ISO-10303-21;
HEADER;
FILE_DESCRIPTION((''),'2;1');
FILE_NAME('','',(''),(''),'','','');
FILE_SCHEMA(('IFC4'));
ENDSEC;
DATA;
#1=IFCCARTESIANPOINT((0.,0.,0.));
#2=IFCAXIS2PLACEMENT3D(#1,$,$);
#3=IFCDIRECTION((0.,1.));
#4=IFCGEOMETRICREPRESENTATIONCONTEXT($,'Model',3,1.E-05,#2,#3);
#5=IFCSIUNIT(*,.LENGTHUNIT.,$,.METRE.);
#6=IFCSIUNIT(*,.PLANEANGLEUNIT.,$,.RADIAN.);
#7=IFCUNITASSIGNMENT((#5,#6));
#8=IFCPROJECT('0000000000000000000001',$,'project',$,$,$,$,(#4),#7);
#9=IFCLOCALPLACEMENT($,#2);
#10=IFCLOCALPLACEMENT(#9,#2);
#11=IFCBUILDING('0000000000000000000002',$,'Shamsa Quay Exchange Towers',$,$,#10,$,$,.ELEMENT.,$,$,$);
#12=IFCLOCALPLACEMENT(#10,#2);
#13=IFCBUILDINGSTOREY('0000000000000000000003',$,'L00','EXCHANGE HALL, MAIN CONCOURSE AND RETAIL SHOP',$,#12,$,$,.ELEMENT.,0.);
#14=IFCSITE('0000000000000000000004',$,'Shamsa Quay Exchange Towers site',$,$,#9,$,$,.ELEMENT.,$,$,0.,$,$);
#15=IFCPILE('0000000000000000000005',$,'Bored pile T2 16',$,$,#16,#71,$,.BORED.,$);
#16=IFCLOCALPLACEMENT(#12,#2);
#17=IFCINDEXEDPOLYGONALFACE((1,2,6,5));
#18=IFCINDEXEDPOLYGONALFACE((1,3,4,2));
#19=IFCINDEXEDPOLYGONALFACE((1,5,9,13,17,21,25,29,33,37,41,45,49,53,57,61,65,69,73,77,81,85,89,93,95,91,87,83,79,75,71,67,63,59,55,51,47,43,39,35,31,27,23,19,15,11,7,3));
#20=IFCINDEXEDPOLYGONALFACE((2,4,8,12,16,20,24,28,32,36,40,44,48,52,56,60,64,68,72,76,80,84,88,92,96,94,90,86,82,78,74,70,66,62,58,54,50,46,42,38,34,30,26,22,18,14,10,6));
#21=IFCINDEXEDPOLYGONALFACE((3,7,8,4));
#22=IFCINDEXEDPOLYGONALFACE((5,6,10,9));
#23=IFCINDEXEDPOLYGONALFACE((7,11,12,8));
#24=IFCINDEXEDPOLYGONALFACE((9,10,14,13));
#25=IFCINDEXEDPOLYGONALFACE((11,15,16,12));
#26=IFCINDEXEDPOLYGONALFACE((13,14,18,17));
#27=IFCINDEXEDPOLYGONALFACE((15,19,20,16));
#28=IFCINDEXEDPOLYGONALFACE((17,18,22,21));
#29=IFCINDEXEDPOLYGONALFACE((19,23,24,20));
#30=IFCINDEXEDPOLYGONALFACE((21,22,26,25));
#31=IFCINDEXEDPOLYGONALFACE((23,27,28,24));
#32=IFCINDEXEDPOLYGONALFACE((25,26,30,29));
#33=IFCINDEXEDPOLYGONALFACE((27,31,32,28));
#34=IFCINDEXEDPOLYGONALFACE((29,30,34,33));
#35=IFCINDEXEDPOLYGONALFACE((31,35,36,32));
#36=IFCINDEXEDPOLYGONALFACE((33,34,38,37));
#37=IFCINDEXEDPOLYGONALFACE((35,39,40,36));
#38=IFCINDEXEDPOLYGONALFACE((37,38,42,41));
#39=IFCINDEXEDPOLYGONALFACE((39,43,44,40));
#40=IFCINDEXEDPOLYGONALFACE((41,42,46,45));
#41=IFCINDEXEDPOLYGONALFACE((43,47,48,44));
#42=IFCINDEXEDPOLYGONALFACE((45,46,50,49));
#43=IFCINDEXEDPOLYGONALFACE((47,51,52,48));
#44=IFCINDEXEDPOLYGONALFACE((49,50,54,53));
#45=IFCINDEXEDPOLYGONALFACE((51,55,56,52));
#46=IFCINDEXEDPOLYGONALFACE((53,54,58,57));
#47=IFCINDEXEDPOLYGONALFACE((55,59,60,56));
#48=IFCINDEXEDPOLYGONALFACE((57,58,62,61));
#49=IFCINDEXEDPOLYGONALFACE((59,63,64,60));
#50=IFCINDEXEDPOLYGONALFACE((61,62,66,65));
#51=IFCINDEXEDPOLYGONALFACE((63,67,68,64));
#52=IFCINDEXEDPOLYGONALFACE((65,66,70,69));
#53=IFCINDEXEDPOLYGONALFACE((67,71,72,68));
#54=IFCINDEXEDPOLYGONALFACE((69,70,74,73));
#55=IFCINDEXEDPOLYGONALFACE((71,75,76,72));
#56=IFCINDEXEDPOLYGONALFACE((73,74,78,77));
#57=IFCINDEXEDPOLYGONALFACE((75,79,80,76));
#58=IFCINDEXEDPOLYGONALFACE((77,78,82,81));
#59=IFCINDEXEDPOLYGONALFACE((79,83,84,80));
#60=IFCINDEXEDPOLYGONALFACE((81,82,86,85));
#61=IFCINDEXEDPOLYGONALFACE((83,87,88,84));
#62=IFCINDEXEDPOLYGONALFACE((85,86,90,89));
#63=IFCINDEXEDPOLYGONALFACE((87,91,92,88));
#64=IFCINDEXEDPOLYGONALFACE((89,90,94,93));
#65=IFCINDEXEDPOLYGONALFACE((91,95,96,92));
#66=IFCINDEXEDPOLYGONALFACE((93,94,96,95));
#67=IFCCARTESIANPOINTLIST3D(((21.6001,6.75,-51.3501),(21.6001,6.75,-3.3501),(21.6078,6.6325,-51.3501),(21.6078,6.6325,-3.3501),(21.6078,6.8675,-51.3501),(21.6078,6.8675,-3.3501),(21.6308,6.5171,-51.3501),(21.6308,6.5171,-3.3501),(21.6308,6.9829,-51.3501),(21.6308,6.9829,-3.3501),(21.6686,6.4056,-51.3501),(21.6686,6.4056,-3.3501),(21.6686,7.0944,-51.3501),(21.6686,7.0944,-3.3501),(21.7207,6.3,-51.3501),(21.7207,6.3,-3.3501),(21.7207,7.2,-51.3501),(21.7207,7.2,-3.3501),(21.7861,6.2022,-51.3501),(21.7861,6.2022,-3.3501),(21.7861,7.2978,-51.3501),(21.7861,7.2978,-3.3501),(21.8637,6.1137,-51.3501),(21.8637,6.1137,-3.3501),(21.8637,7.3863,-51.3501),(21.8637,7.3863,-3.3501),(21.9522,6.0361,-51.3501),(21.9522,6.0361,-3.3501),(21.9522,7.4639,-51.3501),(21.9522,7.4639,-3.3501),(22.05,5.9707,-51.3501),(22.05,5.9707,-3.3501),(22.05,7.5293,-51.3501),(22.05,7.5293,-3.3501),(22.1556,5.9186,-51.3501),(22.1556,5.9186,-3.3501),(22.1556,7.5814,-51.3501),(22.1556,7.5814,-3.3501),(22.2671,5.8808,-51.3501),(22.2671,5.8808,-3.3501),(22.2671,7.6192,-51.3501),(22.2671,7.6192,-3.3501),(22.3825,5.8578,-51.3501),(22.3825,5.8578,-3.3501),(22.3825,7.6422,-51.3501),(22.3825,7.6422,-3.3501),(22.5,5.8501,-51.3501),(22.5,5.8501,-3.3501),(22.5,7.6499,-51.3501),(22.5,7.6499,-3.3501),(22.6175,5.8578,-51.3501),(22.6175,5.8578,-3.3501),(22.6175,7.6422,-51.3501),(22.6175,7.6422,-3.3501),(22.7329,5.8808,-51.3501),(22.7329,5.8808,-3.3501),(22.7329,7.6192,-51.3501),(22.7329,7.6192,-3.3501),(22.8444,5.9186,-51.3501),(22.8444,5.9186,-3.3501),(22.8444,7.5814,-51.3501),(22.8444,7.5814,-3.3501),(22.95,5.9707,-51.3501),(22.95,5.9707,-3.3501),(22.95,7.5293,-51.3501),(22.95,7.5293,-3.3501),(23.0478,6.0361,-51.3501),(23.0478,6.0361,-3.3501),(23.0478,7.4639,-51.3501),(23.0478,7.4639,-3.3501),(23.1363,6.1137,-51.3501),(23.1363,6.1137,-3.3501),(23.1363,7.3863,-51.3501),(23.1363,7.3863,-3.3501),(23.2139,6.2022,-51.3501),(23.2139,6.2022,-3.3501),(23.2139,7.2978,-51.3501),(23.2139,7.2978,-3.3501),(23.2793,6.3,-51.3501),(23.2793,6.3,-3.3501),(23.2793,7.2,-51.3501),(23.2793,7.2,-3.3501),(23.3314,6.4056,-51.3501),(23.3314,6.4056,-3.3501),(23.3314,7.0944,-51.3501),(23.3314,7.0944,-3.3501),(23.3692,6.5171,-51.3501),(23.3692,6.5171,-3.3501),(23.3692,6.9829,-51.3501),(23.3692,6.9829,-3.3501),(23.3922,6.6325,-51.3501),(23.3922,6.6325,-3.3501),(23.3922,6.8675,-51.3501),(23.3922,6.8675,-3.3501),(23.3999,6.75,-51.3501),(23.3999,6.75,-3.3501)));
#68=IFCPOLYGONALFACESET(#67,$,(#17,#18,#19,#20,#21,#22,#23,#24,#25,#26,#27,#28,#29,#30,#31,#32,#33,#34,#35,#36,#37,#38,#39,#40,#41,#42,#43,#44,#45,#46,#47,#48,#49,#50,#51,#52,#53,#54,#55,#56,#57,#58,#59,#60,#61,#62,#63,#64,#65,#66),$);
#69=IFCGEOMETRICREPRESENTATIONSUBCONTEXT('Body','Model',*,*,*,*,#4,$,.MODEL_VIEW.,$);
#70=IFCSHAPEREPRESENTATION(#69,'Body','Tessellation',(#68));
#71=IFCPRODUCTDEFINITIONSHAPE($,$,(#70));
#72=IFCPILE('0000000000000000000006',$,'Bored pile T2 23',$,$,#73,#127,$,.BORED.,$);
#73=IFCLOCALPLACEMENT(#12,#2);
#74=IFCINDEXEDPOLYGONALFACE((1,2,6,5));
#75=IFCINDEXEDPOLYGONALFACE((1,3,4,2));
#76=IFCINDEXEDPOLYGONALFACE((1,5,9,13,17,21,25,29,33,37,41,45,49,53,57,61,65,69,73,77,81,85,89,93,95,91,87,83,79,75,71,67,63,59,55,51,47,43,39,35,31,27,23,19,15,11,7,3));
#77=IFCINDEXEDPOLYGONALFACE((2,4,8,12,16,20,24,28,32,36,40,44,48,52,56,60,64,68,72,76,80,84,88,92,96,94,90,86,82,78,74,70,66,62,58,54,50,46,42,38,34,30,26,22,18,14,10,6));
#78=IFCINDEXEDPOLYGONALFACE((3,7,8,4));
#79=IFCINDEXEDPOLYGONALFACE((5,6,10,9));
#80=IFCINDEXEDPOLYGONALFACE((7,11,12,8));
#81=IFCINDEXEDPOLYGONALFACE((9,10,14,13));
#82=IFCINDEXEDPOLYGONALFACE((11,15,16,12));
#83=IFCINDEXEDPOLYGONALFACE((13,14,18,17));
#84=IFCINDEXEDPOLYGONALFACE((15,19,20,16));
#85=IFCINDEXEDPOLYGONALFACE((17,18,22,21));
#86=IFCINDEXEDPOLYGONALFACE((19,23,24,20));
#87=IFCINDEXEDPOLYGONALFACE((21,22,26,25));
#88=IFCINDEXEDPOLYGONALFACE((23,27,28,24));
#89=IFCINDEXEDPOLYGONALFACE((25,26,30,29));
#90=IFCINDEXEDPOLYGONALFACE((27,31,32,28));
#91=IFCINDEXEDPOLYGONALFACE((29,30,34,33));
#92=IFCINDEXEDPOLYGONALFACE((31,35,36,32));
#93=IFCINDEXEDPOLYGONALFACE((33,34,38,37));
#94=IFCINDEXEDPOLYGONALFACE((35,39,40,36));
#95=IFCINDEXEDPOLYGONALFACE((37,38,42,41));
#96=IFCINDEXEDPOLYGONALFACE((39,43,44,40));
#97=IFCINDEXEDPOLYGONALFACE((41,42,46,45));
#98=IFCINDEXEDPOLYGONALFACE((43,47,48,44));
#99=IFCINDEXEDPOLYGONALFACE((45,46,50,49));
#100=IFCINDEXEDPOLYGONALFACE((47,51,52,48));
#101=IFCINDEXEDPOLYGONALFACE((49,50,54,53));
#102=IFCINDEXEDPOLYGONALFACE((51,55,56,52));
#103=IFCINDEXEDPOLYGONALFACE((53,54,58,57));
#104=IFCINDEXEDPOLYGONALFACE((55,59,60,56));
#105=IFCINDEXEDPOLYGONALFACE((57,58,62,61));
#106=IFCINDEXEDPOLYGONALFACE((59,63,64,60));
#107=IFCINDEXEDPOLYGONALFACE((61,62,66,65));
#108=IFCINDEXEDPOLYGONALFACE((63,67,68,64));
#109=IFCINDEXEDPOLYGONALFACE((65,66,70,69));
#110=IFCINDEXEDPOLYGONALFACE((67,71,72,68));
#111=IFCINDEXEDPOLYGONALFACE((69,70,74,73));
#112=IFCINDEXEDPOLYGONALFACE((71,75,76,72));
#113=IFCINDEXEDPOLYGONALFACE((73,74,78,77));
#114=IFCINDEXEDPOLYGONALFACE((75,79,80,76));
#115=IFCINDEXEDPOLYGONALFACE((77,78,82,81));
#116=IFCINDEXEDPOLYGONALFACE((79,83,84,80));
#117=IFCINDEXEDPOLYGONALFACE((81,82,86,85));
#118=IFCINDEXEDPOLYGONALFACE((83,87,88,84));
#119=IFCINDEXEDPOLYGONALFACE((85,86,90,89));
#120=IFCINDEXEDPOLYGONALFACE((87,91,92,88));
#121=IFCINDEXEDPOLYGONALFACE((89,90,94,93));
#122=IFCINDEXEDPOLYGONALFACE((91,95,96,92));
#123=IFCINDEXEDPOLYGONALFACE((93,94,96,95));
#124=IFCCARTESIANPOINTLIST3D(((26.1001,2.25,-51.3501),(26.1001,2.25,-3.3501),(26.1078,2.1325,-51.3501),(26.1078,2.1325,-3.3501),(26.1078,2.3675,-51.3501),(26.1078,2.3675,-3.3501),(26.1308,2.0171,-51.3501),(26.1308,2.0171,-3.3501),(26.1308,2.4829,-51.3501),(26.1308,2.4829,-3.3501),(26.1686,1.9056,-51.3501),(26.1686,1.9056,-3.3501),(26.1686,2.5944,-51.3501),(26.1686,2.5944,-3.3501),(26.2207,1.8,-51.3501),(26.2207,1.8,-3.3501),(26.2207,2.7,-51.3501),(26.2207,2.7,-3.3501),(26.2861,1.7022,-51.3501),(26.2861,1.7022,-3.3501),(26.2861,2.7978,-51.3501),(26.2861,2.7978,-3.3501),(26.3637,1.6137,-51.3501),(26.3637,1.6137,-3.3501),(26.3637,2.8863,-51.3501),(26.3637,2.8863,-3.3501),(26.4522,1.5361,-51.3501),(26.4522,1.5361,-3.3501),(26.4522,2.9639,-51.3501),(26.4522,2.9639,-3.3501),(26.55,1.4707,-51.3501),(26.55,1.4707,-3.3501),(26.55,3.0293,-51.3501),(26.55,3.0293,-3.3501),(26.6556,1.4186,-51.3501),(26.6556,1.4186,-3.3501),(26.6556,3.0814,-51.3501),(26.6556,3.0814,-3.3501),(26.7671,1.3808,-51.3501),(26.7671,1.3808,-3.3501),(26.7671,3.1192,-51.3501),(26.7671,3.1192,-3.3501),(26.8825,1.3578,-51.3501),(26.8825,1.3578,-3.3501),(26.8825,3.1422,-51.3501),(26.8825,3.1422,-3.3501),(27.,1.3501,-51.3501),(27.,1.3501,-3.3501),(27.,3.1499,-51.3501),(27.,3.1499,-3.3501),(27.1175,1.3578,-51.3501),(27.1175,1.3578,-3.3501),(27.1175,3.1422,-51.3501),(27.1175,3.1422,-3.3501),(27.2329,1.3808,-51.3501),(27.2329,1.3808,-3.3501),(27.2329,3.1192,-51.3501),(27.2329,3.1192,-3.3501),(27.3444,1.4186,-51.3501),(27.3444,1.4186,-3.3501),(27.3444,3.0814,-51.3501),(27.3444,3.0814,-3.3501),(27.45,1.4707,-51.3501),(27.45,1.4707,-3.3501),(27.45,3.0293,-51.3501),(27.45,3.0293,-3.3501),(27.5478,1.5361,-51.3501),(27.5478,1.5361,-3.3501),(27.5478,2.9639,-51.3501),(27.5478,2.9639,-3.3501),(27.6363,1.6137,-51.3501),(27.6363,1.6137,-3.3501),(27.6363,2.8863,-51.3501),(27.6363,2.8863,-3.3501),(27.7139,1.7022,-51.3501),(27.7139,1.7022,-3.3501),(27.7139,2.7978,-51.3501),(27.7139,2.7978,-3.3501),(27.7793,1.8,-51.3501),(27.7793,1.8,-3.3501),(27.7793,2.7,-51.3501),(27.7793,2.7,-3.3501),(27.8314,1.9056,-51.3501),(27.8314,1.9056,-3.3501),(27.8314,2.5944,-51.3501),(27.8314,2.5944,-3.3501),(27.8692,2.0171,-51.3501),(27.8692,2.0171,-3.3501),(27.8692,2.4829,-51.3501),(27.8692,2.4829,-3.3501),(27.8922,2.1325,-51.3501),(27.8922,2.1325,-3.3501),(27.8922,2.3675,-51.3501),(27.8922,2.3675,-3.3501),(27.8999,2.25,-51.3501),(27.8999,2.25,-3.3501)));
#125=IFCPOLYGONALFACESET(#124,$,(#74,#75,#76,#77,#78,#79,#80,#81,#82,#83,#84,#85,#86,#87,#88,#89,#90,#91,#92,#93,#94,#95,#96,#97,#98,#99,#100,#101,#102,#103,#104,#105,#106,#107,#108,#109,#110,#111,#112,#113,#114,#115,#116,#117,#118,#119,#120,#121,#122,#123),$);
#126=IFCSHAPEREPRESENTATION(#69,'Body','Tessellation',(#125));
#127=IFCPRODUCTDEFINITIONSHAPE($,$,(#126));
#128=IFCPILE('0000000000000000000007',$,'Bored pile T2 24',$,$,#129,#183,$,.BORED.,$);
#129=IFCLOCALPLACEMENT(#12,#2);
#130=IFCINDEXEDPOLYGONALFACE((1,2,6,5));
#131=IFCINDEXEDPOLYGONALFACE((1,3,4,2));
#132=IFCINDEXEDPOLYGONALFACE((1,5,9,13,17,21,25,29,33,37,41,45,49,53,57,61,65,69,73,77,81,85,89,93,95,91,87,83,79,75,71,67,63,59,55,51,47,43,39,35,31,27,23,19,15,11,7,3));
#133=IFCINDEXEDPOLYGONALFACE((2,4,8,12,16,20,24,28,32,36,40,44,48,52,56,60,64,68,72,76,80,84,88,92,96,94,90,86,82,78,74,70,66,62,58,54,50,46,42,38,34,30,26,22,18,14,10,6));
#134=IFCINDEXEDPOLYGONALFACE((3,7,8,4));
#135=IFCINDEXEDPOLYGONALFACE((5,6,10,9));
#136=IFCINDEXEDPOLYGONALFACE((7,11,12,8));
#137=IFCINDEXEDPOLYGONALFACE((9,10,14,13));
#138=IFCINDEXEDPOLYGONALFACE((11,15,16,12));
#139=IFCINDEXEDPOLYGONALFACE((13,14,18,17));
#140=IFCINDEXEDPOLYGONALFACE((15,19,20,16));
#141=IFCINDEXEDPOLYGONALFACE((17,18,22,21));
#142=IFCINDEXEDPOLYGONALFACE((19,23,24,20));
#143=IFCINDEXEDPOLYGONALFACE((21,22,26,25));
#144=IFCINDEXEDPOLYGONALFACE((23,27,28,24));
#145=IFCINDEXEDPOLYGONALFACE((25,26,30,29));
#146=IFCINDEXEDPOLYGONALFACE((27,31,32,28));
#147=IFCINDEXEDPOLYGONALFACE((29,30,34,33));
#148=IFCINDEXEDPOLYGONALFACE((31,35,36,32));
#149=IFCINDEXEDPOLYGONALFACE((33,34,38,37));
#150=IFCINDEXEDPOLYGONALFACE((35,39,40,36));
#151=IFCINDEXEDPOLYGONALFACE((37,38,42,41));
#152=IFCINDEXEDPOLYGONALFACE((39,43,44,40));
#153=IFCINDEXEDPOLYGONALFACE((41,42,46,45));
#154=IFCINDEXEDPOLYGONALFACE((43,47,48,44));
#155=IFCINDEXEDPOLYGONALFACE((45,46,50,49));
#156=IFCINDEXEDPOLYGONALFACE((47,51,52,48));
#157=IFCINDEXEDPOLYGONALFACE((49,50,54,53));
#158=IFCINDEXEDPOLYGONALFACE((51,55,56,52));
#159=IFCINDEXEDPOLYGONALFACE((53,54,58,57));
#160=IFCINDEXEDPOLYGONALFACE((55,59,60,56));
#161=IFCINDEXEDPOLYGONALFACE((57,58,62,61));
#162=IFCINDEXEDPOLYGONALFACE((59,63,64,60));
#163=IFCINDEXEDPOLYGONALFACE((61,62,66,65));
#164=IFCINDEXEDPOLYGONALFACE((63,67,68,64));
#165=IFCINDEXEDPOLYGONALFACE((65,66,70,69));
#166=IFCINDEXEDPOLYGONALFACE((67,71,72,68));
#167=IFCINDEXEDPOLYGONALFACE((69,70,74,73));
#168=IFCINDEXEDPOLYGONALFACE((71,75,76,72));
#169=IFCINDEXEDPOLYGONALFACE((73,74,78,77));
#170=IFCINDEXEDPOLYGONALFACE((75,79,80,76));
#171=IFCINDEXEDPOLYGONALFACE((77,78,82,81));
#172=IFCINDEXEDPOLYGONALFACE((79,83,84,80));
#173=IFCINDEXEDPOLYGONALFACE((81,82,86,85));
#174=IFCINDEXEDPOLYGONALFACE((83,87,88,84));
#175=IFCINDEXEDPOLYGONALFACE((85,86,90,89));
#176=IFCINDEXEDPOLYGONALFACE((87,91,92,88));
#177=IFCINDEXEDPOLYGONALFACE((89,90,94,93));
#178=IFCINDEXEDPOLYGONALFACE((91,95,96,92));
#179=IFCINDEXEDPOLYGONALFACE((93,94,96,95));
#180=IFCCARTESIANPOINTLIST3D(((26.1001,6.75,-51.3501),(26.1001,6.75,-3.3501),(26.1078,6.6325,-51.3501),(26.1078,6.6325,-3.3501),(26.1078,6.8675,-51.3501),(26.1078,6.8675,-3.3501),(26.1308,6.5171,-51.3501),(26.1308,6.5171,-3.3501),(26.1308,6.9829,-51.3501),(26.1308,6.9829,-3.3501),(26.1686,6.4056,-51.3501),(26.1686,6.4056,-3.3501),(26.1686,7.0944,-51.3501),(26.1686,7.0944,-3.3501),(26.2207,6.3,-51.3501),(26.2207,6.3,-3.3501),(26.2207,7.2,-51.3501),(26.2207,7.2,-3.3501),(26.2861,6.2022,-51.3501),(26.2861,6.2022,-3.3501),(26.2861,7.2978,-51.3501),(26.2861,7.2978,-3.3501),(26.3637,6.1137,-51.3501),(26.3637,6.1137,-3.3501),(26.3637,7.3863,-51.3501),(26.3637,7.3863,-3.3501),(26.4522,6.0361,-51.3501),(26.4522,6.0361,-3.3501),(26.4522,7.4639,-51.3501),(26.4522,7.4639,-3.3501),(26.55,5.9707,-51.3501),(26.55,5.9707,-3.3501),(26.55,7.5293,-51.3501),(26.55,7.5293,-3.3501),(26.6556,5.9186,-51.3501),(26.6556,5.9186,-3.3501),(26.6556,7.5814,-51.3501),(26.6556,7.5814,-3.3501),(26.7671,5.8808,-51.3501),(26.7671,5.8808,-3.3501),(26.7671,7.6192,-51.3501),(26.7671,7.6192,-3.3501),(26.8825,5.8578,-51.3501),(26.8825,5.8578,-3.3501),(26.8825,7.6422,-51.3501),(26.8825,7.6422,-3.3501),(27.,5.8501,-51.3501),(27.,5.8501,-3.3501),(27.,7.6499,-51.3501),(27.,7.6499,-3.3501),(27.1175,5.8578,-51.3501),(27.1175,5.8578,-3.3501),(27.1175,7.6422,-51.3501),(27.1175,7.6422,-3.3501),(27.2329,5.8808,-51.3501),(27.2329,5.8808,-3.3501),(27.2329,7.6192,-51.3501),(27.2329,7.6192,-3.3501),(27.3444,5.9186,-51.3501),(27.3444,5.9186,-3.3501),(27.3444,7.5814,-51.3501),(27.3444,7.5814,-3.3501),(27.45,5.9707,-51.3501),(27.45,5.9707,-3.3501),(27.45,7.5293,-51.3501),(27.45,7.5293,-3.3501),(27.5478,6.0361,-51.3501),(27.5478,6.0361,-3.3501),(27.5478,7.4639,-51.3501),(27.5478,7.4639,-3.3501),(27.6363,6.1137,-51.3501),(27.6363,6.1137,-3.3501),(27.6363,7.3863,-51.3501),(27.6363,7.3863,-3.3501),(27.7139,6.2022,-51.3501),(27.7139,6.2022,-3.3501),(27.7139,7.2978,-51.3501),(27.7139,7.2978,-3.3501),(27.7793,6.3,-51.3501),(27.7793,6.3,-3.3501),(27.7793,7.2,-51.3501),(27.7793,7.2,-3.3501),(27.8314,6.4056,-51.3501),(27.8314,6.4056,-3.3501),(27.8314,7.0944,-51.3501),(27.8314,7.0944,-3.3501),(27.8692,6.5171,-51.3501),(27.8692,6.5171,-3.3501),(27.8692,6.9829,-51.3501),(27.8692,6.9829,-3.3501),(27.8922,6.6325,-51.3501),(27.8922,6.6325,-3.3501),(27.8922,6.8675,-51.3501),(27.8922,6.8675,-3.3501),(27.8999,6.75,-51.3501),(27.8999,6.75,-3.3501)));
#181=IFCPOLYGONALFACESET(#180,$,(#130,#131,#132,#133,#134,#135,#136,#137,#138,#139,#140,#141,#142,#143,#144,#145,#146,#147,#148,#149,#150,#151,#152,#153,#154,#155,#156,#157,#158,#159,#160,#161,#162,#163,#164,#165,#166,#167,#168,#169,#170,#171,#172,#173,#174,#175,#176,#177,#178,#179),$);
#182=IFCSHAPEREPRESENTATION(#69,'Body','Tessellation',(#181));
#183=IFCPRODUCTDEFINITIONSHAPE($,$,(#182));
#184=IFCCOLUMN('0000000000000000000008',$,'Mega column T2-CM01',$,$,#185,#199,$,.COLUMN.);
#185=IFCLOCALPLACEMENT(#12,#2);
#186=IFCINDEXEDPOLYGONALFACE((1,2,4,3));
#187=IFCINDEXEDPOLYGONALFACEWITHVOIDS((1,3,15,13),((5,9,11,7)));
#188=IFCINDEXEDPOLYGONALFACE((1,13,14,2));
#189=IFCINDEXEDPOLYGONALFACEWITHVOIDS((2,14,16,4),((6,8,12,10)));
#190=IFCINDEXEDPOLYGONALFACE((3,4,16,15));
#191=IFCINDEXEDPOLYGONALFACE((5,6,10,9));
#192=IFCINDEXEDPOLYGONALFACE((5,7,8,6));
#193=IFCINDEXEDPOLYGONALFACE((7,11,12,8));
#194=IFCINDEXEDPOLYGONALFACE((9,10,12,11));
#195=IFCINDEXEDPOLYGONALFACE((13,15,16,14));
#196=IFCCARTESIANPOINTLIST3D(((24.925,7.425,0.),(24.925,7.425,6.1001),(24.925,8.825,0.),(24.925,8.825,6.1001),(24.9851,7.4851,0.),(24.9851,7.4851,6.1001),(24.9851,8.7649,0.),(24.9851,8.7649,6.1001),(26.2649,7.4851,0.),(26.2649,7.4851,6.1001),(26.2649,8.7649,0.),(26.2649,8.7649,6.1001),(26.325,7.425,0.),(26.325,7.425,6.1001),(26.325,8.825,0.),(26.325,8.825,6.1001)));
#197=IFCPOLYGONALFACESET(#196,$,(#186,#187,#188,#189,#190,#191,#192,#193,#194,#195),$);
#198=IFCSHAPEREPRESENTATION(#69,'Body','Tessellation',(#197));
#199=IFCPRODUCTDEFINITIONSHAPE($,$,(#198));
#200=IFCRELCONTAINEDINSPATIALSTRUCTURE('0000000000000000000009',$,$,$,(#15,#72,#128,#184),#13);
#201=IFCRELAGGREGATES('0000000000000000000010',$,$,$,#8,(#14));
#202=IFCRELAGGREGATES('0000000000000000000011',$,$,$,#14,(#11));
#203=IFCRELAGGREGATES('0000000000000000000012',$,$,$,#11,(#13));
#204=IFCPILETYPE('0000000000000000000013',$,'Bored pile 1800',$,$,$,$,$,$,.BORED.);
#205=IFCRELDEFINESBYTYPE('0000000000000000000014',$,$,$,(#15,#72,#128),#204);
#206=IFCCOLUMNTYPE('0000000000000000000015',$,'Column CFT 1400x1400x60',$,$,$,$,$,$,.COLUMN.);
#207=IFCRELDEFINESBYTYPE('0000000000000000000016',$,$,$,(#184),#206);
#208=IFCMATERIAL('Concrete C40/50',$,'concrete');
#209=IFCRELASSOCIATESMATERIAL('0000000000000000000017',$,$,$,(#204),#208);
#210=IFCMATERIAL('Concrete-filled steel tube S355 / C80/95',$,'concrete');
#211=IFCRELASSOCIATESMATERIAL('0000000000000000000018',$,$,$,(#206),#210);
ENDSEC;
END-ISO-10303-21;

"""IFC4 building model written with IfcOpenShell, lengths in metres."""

from ifc_helpers import new_model, si_unit, direction, frame, origin, origin_2d, place, context, subcontext, project, spatial, hollow_rectangle, circle, extrude, material, material_profile, profile_set, type_object, element, save


model = new_model("IFC4")

# Units and contexts
model_context = context("Model", 3, precision=1e-05, world=origin(), true_north=direction((0.0, 1.0)))
body_context = subcontext(model_context, "Body", "Model", "MODEL_VIEW")
ifc_project = project(units=[si_unit("LENGTHUNIT", "METRE"), si_unit("PLANEANGLEUNIT", "RADIAN")], contexts=[model_context])

# Site, building, storey
site_placement = place(None, origin())
site = spatial("IfcSite", under=ifc_project, at=site_placement, Name="Shamsa Quay Exchange Towers site", CompositionType="ELEMENT", RefElevation=0.0)
building_placement = place(site_placement, origin())
building = spatial("IfcBuilding", under=site, at=building_placement, Name="Shamsa Quay Exchange Towers", CompositionType="ELEMENT")
storey_placement = place(building_placement, origin())
storey = spatial("IfcBuildingStorey", under=building, at=storey_placement, Name="L00", Description="EXCHANGE HALL, MAIN CONCOURSE AND RETAIL SHOP", CompositionType="ELEMENT", Elevation=0.0)

# Piles
ifc_material_1 = material(Name="Concrete C40/50", Category="concrete")
ifc_material_profile_1 = material_profile(ifc_material_1, circle(Radius=0.8999, at=origin_2d()), Name="BP1800")
ifc_profile_set_1 = profile_set([ifc_material_profile_1], Name="Concrete C40/50")
pile_type = type_object("IfcPileType", Name="Bored pile 1800", PredefinedType="BORED", material=ifc_profile_set_1)
for number, where, z_axis, x_axis, name in (
    (1, (22.5, 6.75, -3.3501), (0.0, 0.0, -1.0), (1.0, 0.0, 0.0), "Bored pile T2 16"),
    (2, (27.0, 2.25, -3.3501), (0.0, 0.0, -1.0), (1.0, 0.0, 0.0), "Bored pile T2 23"),
    (3, (27.0, 6.75, -3.3501), (0.0, 0.0, -1.0), (1.0, 0.0, 0.0), "Bored pile T2 24"),
):
    element("IfcPile", number, at=place(storey_placement, frame(where, z_axis=z_axis, x_axis=x_axis)), inside=storey, type_object=pile_type, Name=name, PredefinedType="BORED", context=body_context, shape_type="SweptSolid", body=[
        extrude(circle(Radius=0.8999, at=origin_2d()), origin(), (0.0, 0.0, 1.0), 48.0),
    ])

# Column
ifc_material_2 = material(Name="Concrete-filled steel tube S355 / C80/95", Category="concrete")
ifc_material_profile_2 = material_profile(ifc_material_2, hollow_rectangle(XDim=1.3999, YDim=1.3999, WallThickness=0.0601, at=origin_2d()), Name="CFT 1400x1400x60")
ifc_profile_set_2 = profile_set([ifc_material_profile_2], Name="Concrete-filled steel tube S355 / C80/95")
column_type = type_object("IfcColumnType", Name="Column CFT 1400x1400x60", PredefinedType="COLUMN", material=ifc_profile_set_2)
column_placement = place(storey_placement, frame((25.625, 8.125, 0.0)))
element("IfcColumn", 4, at=column_placement, inside=storey, type_object=column_type, Name="Mega column T2-CM01", PredefinedType="COLUMN", context=body_context, shape_type="SweptSolid", body=[
    extrude(hollow_rectangle(XDim=1.3999, YDim=1.3999, WallThickness=0.0601, at=origin_2d()), origin(), (0.0, 0.0, 1.0), 6.1001),
])

save(model, "model.ifc")
